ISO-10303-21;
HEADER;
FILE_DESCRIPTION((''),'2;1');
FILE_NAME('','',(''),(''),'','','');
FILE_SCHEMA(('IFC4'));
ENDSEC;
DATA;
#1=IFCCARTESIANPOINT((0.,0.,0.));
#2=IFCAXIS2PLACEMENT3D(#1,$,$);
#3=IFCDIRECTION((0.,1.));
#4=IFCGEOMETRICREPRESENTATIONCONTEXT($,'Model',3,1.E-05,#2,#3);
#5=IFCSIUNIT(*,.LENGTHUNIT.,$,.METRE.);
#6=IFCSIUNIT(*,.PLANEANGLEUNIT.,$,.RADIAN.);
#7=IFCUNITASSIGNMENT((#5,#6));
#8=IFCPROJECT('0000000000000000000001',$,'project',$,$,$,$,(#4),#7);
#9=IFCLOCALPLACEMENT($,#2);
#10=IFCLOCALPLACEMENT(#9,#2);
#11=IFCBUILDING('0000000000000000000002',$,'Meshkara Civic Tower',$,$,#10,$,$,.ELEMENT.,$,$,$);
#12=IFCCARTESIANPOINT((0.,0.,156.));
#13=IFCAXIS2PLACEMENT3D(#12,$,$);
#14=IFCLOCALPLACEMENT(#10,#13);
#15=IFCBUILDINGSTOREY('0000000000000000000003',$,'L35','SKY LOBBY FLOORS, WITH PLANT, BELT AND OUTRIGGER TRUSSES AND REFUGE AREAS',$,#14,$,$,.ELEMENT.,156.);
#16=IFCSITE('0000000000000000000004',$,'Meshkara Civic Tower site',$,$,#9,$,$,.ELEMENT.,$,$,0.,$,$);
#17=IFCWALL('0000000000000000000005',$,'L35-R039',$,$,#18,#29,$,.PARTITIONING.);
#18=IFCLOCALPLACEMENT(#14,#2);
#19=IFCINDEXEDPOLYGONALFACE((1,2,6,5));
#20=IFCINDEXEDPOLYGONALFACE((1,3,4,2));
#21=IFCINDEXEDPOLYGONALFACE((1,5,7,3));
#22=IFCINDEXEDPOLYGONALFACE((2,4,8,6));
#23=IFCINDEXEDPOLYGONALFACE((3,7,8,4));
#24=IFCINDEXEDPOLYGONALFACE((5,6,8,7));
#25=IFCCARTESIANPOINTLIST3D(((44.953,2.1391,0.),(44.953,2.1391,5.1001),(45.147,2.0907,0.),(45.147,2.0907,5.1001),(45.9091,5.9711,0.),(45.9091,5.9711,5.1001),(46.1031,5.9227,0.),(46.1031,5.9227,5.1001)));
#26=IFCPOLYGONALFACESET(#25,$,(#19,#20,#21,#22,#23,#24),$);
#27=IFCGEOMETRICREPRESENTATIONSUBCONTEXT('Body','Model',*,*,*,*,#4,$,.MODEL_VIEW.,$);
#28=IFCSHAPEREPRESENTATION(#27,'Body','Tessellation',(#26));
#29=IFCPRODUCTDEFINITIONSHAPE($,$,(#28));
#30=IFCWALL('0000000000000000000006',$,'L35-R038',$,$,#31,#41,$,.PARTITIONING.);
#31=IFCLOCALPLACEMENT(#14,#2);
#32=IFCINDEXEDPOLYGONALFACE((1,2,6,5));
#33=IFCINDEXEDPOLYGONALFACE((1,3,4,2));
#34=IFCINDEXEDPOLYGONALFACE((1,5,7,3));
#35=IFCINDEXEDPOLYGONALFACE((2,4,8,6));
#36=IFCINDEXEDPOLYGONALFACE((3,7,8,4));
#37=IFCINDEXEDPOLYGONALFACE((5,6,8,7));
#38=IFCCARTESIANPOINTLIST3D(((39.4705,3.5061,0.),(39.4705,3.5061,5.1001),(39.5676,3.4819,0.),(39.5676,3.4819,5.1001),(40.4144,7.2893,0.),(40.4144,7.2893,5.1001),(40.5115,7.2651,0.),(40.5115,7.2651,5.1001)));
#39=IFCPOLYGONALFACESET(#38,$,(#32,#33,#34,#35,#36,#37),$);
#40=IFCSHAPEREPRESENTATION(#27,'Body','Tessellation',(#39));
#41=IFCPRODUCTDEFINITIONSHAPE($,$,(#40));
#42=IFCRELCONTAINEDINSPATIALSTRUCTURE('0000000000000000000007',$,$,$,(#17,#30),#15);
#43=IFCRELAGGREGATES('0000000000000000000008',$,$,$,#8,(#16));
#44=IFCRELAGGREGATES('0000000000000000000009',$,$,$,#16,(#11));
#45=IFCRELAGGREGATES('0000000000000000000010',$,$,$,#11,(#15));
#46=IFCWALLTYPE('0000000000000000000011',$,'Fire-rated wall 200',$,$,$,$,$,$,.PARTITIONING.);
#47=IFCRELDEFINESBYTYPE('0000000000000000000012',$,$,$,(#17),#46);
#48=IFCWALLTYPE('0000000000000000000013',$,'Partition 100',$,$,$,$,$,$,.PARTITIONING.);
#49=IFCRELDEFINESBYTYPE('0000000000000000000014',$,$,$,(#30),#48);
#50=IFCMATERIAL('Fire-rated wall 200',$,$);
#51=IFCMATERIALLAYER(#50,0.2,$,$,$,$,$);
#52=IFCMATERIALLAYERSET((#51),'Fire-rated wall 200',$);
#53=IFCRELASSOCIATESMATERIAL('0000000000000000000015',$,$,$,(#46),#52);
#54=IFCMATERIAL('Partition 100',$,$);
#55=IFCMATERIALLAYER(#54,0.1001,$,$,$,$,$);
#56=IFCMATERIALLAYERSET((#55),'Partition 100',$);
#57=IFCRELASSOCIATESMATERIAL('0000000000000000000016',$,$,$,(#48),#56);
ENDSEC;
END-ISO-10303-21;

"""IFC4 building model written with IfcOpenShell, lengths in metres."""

from ifc_helpers import new_model, si_unit, direction, frame, frame_2d, origin, place, context, subcontext, project, spatial, rectangle, extrude, material, layer, layer_set, type_object, element, save


model = new_model("IFC4")

# Units and contexts
model_context = context("Model", 3, precision=1e-05, world=origin(), true_north=direction((0.0, 1.0)))
body_context = subcontext(model_context, "Body", "Model", "MODEL_VIEW")
ifc_project = project(units=[si_unit("LENGTHUNIT", "METRE"), si_unit("PLANEANGLEUNIT", "RADIAN")], contexts=[model_context])

# Site, building, storey
site_placement = place(None, origin())
site = spatial("IfcSite", under=ifc_project, at=site_placement, Name="Meshkara Civic Tower site", CompositionType="ELEMENT", RefElevation=0.0)
building_placement = place(site_placement, origin())
building = spatial("IfcBuilding", under=site, at=building_placement, Name="Meshkara Civic Tower", CompositionType="ELEMENT")
storey_placement = place(building_placement, frame((0.0, 0.0, 156.0)))
storey = spatial("IfcBuildingStorey", under=building, at=storey_placement, Name="L35", Description="SKY LOBBY FLOORS, WITH PLANT, BELT AND OUTRIGGER TRUSSES AND REFUGE AREAS", CompositionType="ELEMENT", Elevation=156.0)

# Shared definitions
ifc_material_1 = material(Name="Fire-rated wall 200")
ifc_layer_1 = layer(ifc_material_1, 0.2)
ifc_layer_set_1 = layer_set([ifc_layer_1], Name="Fire-rated wall 200")
wall_type_1 = type_object("IfcWallType", Name="Fire-rated wall 200", PredefinedType="PARTITIONING", material=ifc_layer_set_1)

# Walls
wall_1_placement = place(storey_placement, frame((45.05, 2.115, 0.0), z_axis=(0.0, 0.0, 1.0), x_axis=(0.24207, 0.970259, 0.0)))
element("IfcWall", 1, at=wall_1_placement, inside=storey, type_object=wall_type_1, Name="L35-R039", PredefinedType="PARTITIONING", context=body_context, shape_type="SweptSolid", body=[
    extrude(rectangle(XDim=3.9495, YDim=0.2, at=frame_2d((1.9746, 0.0))), origin(), (0.0, 0.0, 1.0), 5.1001),
])
ifc_material_2 = material(Name="Partition 100")
ifc_layer_2 = layer(ifc_material_2, 0.1001)
ifc_layer_set_2 = layer_set([ifc_layer_2], Name="Partition 100")
wall_type_2 = type_object("IfcWallType", Name="Partition 100", PredefinedType="PARTITIONING", material=ifc_layer_set_2)
wall_2_placement = place(storey_placement, frame((39.519, 3.4939, 0.0), z_axis=(0.0, 0.0, 1.0), x_axis=(0.242064, 0.97026, 0.0)))
element("IfcWall", 2, at=wall_2_placement, inside=storey, type_object=wall_type_2, Name="L35-R038", PredefinedType="PARTITIONING", context=body_context, shape_type="SweptSolid", body=[
    extrude(rectangle(XDim=3.8992, YDim=0.1001, at=frame_2d((1.9497, 0.0))), origin(), (0.0, 0.0, 1.0), 5.1001),
])

save(model, "model.ifc")
